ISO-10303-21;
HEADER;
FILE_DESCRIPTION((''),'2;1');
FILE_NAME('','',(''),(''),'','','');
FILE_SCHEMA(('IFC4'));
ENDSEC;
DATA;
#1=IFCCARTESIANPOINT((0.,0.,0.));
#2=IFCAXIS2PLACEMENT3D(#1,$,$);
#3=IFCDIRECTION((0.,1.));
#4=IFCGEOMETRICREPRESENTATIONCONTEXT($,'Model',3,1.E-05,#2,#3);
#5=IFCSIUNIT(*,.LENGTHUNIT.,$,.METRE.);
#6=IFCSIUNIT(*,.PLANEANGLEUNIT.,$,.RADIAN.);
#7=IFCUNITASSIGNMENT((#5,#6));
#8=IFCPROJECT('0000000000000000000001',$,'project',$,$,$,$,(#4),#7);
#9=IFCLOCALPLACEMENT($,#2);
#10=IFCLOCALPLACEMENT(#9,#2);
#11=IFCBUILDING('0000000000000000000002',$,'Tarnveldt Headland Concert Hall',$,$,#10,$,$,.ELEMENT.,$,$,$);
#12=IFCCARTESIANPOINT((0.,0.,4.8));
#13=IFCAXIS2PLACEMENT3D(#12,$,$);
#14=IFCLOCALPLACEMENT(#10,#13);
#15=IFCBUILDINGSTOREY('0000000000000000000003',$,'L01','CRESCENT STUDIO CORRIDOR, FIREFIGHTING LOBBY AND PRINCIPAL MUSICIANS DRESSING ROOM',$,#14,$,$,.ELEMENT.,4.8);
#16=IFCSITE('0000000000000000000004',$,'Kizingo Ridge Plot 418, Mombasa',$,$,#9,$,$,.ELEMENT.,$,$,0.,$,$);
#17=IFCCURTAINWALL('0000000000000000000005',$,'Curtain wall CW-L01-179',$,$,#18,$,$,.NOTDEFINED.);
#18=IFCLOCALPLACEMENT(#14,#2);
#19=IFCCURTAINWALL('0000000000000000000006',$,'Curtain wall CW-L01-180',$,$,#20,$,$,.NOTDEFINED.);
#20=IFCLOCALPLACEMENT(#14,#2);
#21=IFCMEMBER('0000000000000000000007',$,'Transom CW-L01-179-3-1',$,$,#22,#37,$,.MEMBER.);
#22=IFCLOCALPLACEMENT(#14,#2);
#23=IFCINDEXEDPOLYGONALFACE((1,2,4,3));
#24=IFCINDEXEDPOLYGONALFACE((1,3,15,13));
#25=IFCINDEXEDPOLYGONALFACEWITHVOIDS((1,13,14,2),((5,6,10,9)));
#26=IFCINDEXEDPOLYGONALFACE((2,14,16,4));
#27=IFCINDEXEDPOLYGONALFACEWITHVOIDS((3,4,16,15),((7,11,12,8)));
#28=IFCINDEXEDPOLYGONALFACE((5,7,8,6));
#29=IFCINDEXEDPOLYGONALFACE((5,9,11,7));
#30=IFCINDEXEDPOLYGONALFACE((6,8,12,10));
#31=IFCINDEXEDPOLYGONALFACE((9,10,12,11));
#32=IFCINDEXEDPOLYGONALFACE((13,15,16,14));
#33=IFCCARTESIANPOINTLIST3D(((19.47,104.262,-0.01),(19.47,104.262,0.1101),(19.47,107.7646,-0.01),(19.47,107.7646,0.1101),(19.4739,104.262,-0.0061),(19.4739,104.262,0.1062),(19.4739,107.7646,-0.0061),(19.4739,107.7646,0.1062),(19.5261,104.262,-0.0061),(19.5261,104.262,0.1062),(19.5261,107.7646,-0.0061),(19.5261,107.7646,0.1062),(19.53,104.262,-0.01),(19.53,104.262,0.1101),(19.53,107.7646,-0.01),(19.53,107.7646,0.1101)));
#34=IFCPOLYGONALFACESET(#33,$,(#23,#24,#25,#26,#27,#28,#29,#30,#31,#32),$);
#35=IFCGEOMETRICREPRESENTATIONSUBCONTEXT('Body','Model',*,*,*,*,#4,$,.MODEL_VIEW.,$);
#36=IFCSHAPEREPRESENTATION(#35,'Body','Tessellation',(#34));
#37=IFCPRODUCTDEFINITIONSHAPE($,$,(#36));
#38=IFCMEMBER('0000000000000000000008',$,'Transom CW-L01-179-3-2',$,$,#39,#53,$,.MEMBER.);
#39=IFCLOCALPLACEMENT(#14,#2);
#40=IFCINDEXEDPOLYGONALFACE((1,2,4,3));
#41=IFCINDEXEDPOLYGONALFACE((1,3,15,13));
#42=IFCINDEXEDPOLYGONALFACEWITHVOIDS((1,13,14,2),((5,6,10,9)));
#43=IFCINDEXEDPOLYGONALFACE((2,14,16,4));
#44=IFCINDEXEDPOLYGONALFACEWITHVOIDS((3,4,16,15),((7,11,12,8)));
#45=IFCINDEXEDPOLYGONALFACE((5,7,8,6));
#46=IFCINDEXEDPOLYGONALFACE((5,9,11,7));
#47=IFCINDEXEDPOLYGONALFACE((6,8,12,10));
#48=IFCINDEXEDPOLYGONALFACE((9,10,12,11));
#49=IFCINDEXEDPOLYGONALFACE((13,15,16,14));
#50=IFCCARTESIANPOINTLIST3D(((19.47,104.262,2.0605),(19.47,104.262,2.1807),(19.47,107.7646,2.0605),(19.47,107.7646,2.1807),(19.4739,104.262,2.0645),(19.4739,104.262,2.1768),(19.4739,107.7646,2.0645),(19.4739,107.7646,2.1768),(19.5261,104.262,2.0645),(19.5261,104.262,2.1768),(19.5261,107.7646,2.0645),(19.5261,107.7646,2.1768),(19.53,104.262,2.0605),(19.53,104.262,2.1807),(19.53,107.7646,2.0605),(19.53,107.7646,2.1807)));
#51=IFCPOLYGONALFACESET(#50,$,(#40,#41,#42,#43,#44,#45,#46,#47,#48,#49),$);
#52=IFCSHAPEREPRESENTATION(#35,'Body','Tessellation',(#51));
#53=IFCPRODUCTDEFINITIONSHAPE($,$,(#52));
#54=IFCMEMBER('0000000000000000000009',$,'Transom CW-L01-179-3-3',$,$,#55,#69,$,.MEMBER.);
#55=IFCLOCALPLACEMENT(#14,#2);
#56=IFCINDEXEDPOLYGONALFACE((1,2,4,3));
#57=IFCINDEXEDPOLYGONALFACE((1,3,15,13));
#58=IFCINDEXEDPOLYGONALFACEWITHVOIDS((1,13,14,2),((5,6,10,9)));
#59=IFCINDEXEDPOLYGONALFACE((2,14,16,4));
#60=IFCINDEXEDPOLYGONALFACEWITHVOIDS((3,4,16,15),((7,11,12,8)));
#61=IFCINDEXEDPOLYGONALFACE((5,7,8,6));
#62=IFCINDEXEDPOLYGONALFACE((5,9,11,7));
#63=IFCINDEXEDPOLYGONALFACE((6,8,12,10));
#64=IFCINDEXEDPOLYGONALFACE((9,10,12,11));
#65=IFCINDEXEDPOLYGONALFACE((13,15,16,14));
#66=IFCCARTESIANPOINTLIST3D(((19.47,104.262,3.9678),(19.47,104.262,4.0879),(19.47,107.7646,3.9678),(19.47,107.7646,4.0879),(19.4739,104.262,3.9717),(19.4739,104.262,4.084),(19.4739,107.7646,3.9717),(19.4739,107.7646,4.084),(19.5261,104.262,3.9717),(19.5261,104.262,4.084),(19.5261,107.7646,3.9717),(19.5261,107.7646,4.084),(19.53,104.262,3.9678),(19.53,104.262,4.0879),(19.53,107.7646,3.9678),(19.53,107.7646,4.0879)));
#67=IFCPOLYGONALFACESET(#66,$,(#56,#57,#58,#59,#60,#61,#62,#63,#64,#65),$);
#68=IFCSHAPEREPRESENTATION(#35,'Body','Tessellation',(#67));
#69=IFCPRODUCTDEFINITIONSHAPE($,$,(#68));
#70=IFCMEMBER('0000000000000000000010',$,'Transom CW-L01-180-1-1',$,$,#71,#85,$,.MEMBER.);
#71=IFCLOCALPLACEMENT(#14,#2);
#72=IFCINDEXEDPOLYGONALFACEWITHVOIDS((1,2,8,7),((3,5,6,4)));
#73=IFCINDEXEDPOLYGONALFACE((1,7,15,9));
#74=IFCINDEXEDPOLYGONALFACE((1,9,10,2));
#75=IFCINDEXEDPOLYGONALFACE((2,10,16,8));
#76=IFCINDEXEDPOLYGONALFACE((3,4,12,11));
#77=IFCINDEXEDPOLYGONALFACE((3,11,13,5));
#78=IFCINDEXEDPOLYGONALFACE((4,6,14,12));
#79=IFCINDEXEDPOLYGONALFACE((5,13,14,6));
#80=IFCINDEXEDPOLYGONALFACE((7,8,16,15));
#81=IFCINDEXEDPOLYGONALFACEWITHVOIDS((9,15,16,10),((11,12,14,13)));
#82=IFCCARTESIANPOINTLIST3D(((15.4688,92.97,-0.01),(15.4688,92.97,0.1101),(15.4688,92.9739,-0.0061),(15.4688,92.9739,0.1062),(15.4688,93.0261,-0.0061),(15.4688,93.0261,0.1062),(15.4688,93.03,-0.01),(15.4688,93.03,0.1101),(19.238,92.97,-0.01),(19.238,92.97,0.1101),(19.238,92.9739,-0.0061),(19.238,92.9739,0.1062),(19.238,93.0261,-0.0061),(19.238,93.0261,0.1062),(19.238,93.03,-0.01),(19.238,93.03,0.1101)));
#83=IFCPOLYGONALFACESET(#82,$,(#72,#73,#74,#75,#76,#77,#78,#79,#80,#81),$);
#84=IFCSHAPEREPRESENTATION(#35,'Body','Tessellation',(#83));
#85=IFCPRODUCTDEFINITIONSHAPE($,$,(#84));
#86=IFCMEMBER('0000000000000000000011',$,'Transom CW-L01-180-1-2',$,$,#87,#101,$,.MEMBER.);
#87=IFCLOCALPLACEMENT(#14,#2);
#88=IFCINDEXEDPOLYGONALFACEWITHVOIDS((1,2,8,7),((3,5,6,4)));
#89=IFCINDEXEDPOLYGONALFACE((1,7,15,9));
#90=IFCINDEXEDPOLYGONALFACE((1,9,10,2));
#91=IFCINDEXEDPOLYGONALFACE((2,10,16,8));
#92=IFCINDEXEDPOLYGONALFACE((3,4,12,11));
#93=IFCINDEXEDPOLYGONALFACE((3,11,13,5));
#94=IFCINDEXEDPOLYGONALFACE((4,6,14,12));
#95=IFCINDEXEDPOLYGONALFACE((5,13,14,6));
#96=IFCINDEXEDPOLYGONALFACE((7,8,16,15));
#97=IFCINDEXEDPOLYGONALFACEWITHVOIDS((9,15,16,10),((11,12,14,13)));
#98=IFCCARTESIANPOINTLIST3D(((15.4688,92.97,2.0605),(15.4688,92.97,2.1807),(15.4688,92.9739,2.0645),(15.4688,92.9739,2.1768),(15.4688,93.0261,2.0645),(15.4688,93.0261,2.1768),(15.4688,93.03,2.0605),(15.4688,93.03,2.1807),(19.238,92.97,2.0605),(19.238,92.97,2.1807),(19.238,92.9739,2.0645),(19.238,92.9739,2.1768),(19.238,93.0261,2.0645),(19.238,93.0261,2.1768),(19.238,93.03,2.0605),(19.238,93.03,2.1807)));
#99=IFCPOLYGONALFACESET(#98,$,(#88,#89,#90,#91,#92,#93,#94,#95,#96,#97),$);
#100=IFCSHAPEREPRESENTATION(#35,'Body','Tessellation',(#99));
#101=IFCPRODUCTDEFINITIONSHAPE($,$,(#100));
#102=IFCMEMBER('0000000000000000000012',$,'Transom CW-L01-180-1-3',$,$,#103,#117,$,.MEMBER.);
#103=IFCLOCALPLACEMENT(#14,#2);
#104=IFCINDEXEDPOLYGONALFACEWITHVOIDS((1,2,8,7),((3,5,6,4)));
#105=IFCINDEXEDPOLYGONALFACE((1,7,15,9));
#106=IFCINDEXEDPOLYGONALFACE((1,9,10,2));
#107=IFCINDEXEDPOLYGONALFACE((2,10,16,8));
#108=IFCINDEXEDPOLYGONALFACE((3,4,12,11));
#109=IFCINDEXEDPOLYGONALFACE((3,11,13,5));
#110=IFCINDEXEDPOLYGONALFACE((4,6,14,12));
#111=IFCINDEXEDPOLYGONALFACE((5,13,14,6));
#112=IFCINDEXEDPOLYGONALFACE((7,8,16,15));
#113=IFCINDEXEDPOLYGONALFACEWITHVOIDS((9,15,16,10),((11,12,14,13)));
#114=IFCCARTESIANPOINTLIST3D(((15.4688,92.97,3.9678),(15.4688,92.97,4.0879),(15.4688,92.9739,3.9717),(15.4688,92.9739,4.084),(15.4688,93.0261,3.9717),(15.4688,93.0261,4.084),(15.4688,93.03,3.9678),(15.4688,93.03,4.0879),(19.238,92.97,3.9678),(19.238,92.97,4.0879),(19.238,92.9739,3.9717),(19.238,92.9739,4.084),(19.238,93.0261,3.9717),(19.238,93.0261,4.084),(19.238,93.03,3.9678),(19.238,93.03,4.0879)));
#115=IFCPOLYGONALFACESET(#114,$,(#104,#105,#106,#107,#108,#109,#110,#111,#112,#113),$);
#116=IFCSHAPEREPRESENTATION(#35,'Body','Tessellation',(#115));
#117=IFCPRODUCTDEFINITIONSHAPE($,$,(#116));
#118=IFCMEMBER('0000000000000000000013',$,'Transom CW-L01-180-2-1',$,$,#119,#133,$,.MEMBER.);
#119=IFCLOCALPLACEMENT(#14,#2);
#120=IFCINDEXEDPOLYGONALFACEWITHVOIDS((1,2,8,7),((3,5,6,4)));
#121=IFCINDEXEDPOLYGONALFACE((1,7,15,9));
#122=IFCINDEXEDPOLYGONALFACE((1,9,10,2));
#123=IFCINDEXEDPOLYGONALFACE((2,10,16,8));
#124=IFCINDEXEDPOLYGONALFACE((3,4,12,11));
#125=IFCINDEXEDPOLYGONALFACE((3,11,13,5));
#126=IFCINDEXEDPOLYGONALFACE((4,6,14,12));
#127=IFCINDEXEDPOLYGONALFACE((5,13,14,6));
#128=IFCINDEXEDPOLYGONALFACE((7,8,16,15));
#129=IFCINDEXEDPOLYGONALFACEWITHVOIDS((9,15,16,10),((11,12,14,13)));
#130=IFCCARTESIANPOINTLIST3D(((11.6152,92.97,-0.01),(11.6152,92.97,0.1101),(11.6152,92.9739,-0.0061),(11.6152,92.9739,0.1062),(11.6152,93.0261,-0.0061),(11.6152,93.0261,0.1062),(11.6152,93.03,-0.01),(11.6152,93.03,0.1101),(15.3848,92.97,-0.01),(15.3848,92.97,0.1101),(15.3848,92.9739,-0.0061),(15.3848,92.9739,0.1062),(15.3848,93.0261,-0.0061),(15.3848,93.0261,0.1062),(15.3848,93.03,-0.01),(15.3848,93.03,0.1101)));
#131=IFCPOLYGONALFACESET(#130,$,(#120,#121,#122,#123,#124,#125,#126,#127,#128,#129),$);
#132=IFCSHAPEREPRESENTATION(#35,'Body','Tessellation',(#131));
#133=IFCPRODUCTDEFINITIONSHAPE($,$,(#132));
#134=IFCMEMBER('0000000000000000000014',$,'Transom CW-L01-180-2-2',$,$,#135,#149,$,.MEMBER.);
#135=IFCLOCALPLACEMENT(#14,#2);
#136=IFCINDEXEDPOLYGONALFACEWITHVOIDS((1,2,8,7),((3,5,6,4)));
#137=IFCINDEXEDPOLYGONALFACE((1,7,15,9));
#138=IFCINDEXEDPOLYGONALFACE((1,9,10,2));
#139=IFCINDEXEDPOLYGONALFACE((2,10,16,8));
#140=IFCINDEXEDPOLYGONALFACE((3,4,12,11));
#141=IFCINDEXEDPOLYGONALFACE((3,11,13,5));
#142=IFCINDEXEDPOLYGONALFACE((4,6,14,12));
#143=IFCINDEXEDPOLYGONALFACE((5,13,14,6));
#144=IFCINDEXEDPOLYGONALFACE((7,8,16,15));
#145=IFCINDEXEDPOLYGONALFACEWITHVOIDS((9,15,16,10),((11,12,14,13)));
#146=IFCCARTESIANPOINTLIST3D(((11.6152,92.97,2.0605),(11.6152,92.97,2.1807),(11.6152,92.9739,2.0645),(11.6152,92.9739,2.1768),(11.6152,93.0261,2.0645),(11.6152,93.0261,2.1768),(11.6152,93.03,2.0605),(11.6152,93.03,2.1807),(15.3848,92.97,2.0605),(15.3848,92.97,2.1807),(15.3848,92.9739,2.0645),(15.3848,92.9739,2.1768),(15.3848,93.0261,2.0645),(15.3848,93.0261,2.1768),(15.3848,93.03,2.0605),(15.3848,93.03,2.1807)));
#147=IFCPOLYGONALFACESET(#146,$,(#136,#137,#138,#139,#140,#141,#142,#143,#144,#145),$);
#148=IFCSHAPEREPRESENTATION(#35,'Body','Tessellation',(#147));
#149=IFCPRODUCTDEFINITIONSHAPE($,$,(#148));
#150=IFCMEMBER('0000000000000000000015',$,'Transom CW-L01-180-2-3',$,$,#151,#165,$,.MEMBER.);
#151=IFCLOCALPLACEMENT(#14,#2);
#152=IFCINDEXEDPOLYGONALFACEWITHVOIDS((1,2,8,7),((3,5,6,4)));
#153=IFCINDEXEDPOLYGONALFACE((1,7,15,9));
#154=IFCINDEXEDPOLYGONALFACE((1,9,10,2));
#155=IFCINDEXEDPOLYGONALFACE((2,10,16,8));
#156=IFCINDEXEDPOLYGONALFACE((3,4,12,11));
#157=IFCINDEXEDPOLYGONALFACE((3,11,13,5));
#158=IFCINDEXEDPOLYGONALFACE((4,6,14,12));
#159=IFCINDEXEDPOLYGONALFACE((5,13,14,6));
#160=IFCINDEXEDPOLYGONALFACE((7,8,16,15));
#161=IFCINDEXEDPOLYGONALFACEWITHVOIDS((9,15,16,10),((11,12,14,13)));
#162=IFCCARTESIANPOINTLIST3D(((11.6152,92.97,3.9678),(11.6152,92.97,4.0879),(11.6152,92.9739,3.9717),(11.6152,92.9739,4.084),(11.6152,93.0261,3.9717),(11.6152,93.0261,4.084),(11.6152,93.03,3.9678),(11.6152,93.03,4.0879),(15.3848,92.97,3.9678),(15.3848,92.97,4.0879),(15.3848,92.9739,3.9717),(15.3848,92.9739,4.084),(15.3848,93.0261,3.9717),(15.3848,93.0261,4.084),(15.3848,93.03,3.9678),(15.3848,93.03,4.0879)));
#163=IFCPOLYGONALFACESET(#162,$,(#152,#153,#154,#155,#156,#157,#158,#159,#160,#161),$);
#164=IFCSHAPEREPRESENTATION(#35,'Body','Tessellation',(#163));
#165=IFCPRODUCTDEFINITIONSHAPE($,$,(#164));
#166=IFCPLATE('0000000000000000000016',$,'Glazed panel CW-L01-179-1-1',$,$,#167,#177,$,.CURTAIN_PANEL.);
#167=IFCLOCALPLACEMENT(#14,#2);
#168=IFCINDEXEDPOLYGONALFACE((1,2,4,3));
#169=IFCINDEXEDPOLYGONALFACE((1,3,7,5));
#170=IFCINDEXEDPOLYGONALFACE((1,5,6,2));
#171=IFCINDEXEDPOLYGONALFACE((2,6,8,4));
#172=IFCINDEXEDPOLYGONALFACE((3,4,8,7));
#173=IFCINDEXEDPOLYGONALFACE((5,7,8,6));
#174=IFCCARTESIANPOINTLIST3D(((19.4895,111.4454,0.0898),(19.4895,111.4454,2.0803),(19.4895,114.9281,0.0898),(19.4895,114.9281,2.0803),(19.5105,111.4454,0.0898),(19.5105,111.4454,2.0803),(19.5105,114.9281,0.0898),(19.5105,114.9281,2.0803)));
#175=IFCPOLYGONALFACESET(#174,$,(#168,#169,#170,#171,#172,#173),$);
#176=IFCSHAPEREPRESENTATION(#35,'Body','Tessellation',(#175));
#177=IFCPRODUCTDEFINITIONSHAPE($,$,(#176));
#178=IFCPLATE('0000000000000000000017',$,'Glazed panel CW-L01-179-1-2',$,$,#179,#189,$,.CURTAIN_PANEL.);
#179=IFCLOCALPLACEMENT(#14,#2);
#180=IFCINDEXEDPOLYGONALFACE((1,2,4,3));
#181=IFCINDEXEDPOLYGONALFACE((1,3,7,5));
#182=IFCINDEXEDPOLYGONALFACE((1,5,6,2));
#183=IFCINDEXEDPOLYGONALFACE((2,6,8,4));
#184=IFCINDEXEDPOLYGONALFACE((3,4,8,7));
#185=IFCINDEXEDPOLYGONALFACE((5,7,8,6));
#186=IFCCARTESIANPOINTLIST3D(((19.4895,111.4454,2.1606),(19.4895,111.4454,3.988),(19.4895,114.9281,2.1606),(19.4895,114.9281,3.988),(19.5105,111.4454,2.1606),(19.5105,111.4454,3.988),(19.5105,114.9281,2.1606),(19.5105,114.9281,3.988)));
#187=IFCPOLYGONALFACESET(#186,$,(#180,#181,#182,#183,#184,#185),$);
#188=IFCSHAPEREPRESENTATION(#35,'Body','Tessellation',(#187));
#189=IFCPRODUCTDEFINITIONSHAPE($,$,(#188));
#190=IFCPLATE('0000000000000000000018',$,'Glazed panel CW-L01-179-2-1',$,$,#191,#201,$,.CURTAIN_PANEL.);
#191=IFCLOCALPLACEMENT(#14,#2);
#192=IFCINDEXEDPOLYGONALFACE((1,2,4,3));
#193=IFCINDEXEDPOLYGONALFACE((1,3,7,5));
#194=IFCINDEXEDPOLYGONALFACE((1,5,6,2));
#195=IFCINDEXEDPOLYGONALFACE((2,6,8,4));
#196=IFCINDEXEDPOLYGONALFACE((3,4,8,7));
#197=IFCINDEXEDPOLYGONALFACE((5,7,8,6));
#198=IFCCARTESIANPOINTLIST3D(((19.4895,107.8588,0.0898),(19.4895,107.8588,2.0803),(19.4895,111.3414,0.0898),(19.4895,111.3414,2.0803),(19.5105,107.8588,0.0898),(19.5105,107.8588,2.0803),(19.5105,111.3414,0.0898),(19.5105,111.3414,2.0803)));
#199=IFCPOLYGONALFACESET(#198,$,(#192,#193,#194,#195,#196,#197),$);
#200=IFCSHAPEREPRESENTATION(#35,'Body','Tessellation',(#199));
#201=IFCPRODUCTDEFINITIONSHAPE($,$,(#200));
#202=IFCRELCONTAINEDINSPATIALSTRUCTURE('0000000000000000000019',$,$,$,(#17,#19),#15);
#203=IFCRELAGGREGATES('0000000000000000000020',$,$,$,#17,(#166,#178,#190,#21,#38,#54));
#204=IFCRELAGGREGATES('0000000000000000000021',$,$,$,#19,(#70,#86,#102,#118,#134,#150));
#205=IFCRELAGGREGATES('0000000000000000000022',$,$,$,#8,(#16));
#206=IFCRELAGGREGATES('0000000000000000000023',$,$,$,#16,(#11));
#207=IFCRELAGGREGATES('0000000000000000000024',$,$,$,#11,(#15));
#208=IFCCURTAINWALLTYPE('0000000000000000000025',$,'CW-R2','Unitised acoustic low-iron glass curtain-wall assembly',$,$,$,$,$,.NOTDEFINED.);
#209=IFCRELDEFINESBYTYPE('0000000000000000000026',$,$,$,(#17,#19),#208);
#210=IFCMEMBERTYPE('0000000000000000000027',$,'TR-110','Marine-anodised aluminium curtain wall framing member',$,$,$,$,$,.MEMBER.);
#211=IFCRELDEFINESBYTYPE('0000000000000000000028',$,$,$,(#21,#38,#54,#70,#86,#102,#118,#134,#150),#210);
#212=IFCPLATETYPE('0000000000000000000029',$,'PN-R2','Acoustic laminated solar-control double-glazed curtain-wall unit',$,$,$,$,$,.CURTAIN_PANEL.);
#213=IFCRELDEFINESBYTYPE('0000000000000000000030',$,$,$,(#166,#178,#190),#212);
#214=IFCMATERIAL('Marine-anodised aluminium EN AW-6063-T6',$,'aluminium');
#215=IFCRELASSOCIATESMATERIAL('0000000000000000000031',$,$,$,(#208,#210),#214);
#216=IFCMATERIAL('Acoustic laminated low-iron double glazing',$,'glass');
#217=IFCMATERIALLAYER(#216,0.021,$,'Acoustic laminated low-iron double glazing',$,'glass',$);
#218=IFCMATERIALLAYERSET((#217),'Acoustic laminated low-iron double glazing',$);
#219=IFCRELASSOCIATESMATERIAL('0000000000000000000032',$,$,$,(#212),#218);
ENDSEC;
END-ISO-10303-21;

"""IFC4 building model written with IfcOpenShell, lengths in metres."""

from ifc_helpers import new_model, si_unit, direction, frame, origin, origin_2d, place, context, subcontext, project, spatial, rectangle, hollow_rectangle, extrude, material, layer, layer_set, material_profile, profile_set, type_object, element, aggregate, save


model = new_model("IFC4")

# Units and contexts
model_context = context("Model", 3, precision=1e-05, world=origin(), true_north=direction((0.0, 1.0)))
body_context = subcontext(model_context, "Body", "Model", "MODEL_VIEW")
ifc_project = project(units=[si_unit("LENGTHUNIT", "METRE"), si_unit("PLANEANGLEUNIT", "RADIAN")], contexts=[model_context])

# Site, building, storey
site_placement = place(None, origin())
site = spatial("IfcSite", under=ifc_project, at=site_placement, Name="Kizingo Ridge Plot 418, Mombasa", CompositionType="ELEMENT", RefElevation=0.0)
building_placement = place(site_placement, origin())
building = spatial("IfcBuilding", under=site, at=building_placement, Name="Tarnveldt Headland Concert Hall", CompositionType="ELEMENT")
storey_placement = place(building_placement, frame((0.0, 0.0, 4.8)))
storey = spatial("IfcBuildingStorey", under=building, at=storey_placement, Name="L01", Description="CRESCENT STUDIO CORRIDOR, FIREFIGHTING LOBBY AND PRINCIPAL MUSICIANS DRESSING ROOM", CompositionType="ELEMENT", Elevation=4.8)

# Curtain walls
ifc_material_1 = material(Name="Marine-anodised aluminium EN AW-6063-T6", Category="aluminium")
curtain_wall_type = type_object("IfcCurtainWallType", Name="CW-R2", Description="Unitised acoustic low-iron glass curtain-wall assembly", PredefinedType="NOTDEFINED", material=ifc_material_1)
curtain_wall_1_placement = place(storey_placement, origin())
curtain_wall_1 = element("IfcCurtainWall", 1, at=curtain_wall_1_placement, inside=storey, type_object=curtain_wall_type, Name="Curtain wall CW-L01-179", PredefinedType="NOTDEFINED")
curtain_wall_2_placement = place(storey_placement, origin())
curtain_wall_2 = element("IfcCurtainWall", 2, at=curtain_wall_2_placement, inside=storey, type_object=curtain_wall_type, Name="Curtain wall CW-L01-180", PredefinedType="NOTDEFINED")

# Members
ifc_material_profile_1 = material_profile(ifc_material_1, hollow_rectangle(XDim=0.0601, YDim=0.1201, WallThickness=0.0039, at=origin_2d()), Name="ALU TRANSOM 60x120x4", Category="aluminium")
ifc_profile_set_1 = profile_set([ifc_material_profile_1], Name="Marine-anodised aluminium EN AW-6063-T6")
member_type_1 = type_object("IfcMemberType", Name="TR-110", Description="Marine-anodised aluminium curtain wall framing member", PredefinedType="MEMBER", material=ifc_profile_set_1)
member_1_placement = place(storey_placement, frame((19.5, 107.7646, 0.05), z_axis=(0.0, -1.0, 0.0), x_axis=(1.0, 0.0, 0.0)))
member_1 = element("IfcMember", 3, at=member_1_placement, type_object=member_type_1, Name="Transom CW-L01-179-3-1", PredefinedType="MEMBER", context=body_context, shape_type="SweptSolid", body=[
    extrude(hollow_rectangle(XDim=0.0601, YDim=0.1201, WallThickness=0.0039, at=origin_2d()), origin(), (0.0, 0.0, 1.0), 3.5027),
])
member_2_placement = place(storey_placement, frame((19.5, 107.7646, 2.1206), z_axis=(0.0, -1.0, 0.0), x_axis=(1.0, 0.0, 0.0)))
member_2 = element("IfcMember", 4, at=member_2_placement, type_object=member_type_1, Name="Transom CW-L01-179-3-2", PredefinedType="MEMBER", context=body_context, shape_type="SweptSolid", body=[
    extrude(hollow_rectangle(XDim=0.0601, YDim=0.1201, WallThickness=0.0039, at=origin_2d()), origin(), (0.0, 0.0, 1.0), 3.5027),
])
member_3_placement = place(storey_placement, frame((19.5, 107.7646, 4.0278), z_axis=(0.0, -1.0, 0.0), x_axis=(1.0, 0.0, 0.0)))
member_3 = element("IfcMember", 5, at=member_3_placement, type_object=member_type_1, Name="Transom CW-L01-179-3-3", PredefinedType="MEMBER", context=body_context, shape_type="SweptSolid", body=[
    extrude(hollow_rectangle(XDim=0.0601, YDim=0.1201, WallThickness=0.0039, at=origin_2d()), origin(), (0.0, 0.0, 1.0), 3.5027),
])
member_4_placement = place(storey_placement, frame((19.238, 93.0, 0.05), z_axis=(-1.0, 0.0, 0.0), x_axis=(0.0, -1.0, 0.0)))
member_4 = element("IfcMember", 6, at=member_4_placement, type_object=member_type_1, Name="Transom CW-L01-180-1-1", PredefinedType="MEMBER", context=body_context, shape_type="SweptSolid", body=[
    extrude(hollow_rectangle(XDim=0.0601, YDim=0.1201, WallThickness=0.0039, at=origin_2d()), origin(), (0.0, 0.0, 1.0), 3.7693),
])
member_5_placement = place(storey_placement, frame((19.238, 93.0, 2.1206), z_axis=(-1.0, 0.0, 0.0), x_axis=(0.0, -1.0, 0.0)))
member_5 = element("IfcMember", 7, at=member_5_placement, type_object=member_type_1, Name="Transom CW-L01-180-1-2", PredefinedType="MEMBER", context=body_context, shape_type="SweptSolid", body=[
    extrude(hollow_rectangle(XDim=0.0601, YDim=0.1201, WallThickness=0.0039, at=origin_2d()), origin(), (0.0, 0.0, 1.0), 3.7693),
])
member_6_placement = place(storey_placement, frame((19.238, 93.0, 4.0278), z_axis=(-1.0, 0.0, 0.0), x_axis=(0.0, -1.0, 0.0)))
member_6 = element("IfcMember", 8, at=member_6_placement, type_object=member_type_1, Name="Transom CW-L01-180-1-3", PredefinedType="MEMBER", context=body_context, shape_type="SweptSolid", body=[
    extrude(hollow_rectangle(XDim=0.0601, YDim=0.1201, WallThickness=0.0039, at=origin_2d()), origin(), (0.0, 0.0, 1.0), 3.7693),
])
member_7_placement = place(storey_placement, frame((15.3848, 93.0, 0.05), z_axis=(-1.0, 0.0, 0.0), x_axis=(0.0, -1.0, 0.0)))
member_7 = element("IfcMember", 9, at=member_7_placement, type_object=member_type_1, Name="Transom CW-L01-180-2-1", PredefinedType="MEMBER", context=body_context, shape_type="SweptSolid", body=[
    extrude(hollow_rectangle(XDim=0.0601, YDim=0.1201, WallThickness=0.0039, at=origin_2d()), origin(), (0.0, 0.0, 1.0), 3.7695),
])
member_8_placement = place(storey_placement, frame((15.3848, 93.0, 2.1206), z_axis=(-1.0, 0.0, 0.0), x_axis=(0.0, -1.0, 0.0)))
member_8 = element("IfcMember", 10, at=member_8_placement, type_object=member_type_1, Name="Transom CW-L01-180-2-2", PredefinedType="MEMBER", context=body_context, shape_type="SweptSolid", body=[
    extrude(hollow_rectangle(XDim=0.0601, YDim=0.1201, WallThickness=0.0039, at=origin_2d()), origin(), (0.0, 0.0, 1.0), 3.7695),
])
member_9_placement = place(storey_placement, frame((15.3848, 93.0, 4.0278), z_axis=(-1.0, 0.0, 0.0), x_axis=(0.0, -1.0, 0.0)))
member_9 = element("IfcMember", 11, at=member_9_placement, type_object=member_type_1, Name="Transom CW-L01-180-2-3", PredefinedType="MEMBER", context=body_context, shape_type="SweptSolid", body=[
    extrude(hollow_rectangle(XDim=0.0601, YDim=0.1201, WallThickness=0.0039, at=origin_2d()), origin(), (0.0, 0.0, 1.0), 3.7695),
])

# Plates
ifc_material_2 = material(Name="Acoustic laminated low-iron double glazing", Category="glass")
ifc_layer_1 = layer(ifc_material_2, 0.021, Name="Acoustic laminated low-iron double glazing", Category="glass")
ifc_layer_set_1 = layer_set([ifc_layer_1], Name="Acoustic laminated low-iron double glazing")
plate_type = type_object("IfcPlateType", Name="PN-R2", Description="Acoustic laminated solar-control double-glazed curtain-wall unit", PredefinedType="CURTAIN_PANEL", material=ifc_layer_set_1)
plate_1_placement = place(storey_placement, frame((19.5, 113.1868, 0.0898), z_axis=(0.0, 0.0, 1.0), x_axis=(0.0, -1.0, 0.0)))
plate_1 = element("IfcPlate", 12, at=plate_1_placement, type_object=plate_type, Name="Glazed panel CW-L01-179-1-1", PredefinedType="CURTAIN_PANEL", context=body_context, shape_type="SweptSolid", body=[
    extrude(rectangle(XDim=3.4827, YDim=0.021, at=origin_2d()), origin(), (0.0, 0.0, 1.0), 1.9905),
])
plate_2_placement = place(storey_placement, frame((19.5, 113.1868, 2.1606), z_axis=(0.0, 0.0, 1.0), x_axis=(0.0, -1.0, 0.0)))
plate_2 = element("IfcPlate", 13, at=plate_2_placement, type_object=plate_type, Name="Glazed panel CW-L01-179-1-2", PredefinedType="CURTAIN_PANEL", context=body_context, shape_type="SweptSolid", body=[
    extrude(rectangle(XDim=3.4827, YDim=0.021, at=origin_2d()), origin(), (0.0, 0.0, 1.0), 1.8274),
])
plate_3_placement = place(storey_placement, frame((19.5, 109.6001, 0.0898), z_axis=(0.0, 0.0, 1.0), x_axis=(0.0, -1.0, 0.0)))
plate_3 = element("IfcPlate", 14, at=plate_3_placement, type_object=plate_type, Name="Glazed panel CW-L01-179-2-1", PredefinedType="CURTAIN_PANEL", context=body_context, shape_type="SweptSolid", body=[
    extrude(rectangle(XDim=3.4827, YDim=0.021, at=origin_2d()), origin(), (0.0, 0.0, 1.0), 1.9905),
])
aggregate(curtain_wall_1, [plate_1, plate_2, plate_3, member_1, member_2, member_3])
aggregate(curtain_wall_2, [member_4, member_5, member_6, member_7, member_8, member_9])

save(model, "model.ifc")
